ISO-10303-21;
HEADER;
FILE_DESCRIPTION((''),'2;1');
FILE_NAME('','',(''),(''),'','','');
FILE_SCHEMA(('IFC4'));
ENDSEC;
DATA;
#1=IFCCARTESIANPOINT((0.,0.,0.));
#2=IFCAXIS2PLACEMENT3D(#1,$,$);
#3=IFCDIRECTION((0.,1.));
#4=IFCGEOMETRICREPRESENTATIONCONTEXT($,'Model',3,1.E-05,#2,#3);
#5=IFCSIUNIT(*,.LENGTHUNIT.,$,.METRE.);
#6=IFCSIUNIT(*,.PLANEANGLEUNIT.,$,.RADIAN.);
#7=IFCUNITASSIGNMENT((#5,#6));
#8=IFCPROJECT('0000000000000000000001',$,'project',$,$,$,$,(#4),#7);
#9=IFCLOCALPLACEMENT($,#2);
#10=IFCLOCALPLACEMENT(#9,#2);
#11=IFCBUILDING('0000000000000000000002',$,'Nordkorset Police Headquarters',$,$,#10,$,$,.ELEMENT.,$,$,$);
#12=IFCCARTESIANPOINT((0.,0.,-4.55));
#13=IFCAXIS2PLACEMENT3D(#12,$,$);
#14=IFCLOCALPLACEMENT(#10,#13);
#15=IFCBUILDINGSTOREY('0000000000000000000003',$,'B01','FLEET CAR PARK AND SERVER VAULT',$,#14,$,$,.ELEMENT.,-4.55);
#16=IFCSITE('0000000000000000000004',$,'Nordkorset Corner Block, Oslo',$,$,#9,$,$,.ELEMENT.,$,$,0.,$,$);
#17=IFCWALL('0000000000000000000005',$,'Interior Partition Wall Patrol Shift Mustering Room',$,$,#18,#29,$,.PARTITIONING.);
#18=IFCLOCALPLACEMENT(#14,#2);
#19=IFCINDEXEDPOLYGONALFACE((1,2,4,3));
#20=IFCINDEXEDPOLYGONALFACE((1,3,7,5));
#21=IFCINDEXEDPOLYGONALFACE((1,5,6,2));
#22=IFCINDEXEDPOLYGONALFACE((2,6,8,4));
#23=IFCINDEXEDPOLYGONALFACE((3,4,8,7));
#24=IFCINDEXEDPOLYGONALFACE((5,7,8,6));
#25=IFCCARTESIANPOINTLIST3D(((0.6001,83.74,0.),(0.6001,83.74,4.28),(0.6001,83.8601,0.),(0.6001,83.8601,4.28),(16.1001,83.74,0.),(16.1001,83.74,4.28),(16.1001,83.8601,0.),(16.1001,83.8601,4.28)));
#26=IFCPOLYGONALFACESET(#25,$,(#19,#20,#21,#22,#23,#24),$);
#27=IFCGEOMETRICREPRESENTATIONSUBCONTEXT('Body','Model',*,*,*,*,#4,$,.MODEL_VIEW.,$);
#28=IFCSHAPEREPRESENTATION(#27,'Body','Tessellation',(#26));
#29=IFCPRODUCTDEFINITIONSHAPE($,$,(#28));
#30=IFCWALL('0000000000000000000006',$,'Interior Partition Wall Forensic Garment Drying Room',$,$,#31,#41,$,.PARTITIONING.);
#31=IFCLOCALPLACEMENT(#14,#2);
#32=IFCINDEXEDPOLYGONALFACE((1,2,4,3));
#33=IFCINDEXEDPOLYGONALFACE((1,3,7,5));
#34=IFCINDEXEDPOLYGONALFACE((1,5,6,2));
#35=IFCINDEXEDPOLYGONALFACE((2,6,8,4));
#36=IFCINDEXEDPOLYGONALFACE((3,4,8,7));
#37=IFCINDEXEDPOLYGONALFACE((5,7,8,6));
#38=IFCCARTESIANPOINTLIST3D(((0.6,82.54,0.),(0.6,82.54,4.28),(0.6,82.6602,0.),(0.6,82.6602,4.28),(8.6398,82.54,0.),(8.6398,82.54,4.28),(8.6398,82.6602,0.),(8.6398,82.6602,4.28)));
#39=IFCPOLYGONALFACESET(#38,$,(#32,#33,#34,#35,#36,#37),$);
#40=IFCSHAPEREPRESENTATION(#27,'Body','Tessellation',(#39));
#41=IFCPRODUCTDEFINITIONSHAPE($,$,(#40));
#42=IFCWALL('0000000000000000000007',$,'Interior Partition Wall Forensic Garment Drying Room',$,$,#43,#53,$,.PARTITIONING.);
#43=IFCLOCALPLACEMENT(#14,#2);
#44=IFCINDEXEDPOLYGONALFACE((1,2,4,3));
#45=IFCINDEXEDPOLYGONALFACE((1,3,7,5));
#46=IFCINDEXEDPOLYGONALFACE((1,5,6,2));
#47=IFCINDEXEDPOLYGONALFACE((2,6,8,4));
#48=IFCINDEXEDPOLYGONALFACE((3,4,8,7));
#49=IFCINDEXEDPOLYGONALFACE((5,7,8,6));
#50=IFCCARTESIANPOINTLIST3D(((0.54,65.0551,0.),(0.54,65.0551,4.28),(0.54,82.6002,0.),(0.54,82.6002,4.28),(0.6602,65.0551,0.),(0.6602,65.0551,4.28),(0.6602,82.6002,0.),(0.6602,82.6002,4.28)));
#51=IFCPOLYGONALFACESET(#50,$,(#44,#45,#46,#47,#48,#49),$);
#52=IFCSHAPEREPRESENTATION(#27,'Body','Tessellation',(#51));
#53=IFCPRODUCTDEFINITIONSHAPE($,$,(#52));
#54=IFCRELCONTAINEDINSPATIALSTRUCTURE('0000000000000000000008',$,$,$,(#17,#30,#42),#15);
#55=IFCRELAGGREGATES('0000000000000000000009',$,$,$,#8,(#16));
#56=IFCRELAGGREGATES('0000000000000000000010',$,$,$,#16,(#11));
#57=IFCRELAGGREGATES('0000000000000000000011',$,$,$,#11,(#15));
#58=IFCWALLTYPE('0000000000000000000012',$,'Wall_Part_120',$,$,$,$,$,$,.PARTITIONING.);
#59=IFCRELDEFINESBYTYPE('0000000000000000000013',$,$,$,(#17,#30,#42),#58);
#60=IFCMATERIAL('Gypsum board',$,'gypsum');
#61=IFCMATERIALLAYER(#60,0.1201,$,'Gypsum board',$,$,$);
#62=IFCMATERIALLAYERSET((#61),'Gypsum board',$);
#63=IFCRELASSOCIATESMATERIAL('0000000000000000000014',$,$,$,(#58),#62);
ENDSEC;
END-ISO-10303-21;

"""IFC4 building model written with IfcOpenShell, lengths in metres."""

from ifc_helpers import new_model, si_unit, direction, frame, frame_2d, origin, place, context, subcontext, project, spatial, rectangle, extrude, material, layer, layer_set, type_object, element, save


model = new_model("IFC4")

# Units and contexts
model_context = context("Model", 3, precision=1e-05, world=origin(), true_north=direction((0.0, 1.0)))
body_context = subcontext(model_context, "Body", "Model", "MODEL_VIEW")
ifc_project = project(units=[si_unit("LENGTHUNIT", "METRE"), si_unit("PLANEANGLEUNIT", "RADIAN")], contexts=[model_context])

# Site, building, storey
site_placement = place(None, origin())
site = spatial("IfcSite", under=ifc_project, at=site_placement, Name="Nordkorset Corner Block, Oslo", CompositionType="ELEMENT", RefElevation=0.0)
building_placement = place(site_placement, origin())
building = spatial("IfcBuilding", under=site, at=building_placement, Name="Nordkorset Police Headquarters", CompositionType="ELEMENT")
storey_placement = place(building_placement, frame((0.0, 0.0, -4.55)))
storey = spatial("IfcBuildingStorey", under=building, at=storey_placement, Name="B01", Description="FLEET CAR PARK AND SERVER VAULT", CompositionType="ELEMENT", Elevation=-4.55)

# Walls
ifc_material_1 = material(Name="Gypsum board", Category="gypsum")
ifc_layer = layer(ifc_material_1, 0.1201, Name="Gypsum board")
ifc_layer_set = layer_set([ifc_layer], Name="Gypsum board")
wall_type = type_object("IfcWallType", Name="Wall_Part_120", PredefinedType="PARTITIONING", material=ifc_layer_set)
wall_1_placement = place(storey_placement, frame((0.6001, 83.8, 0.0), z_axis=(0.0, 0.0, 1.0), x_axis=(1.0, 0.0, 0.0)))
element("IfcWall", 1, at=wall_1_placement, inside=storey, type_object=wall_type, Name="Interior Partition Wall Patrol Shift Mustering Room", PredefinedType="PARTITIONING", context=body_context, shape_type="SweptSolid", body=[
    extrude(rectangle(XDim=15.5, YDim=0.1201, at=frame_2d((7.75, 0.0))), origin(), (0.0, 0.0, 1.0), 4.28),
])
wall_2_placement = place(storey_placement, frame((8.6399, 82.6001, 0.0), z_axis=(0.0, 0.0, 1.0), x_axis=(-1.0, 0.0, 0.0)))
element("IfcWall", 2, at=wall_2_placement, inside=storey, type_object=wall_type, Name="Interior Partition Wall Forensic Garment Drying Room", PredefinedType="PARTITIONING", context=body_context, shape_type="SweptSolid", body=[
    extrude(rectangle(XDim=8.0398, YDim=0.1201, at=frame_2d((4.02, 0.0))), origin(), (0.0, 0.0, 1.0), 4.28),
])
wall_3_placement = place(storey_placement, frame((0.6001, 82.6001, 0.0), z_axis=(0.0, 0.0, 1.0), x_axis=(0.0, -1.0, 0.0)))
element("IfcWall", 3, at=wall_3_placement, inside=storey, type_object=wall_type, Name="Interior Partition Wall Forensic Garment Drying Room", PredefinedType="PARTITIONING", context=body_context, shape_type="SweptSolid", body=[
    extrude(rectangle(XDim=17.5452, YDim=0.1201, at=frame_2d((8.7725, 0.0))), origin(), (0.0, 0.0, 1.0), 4.28),
])

save(model, "model.ifc")
